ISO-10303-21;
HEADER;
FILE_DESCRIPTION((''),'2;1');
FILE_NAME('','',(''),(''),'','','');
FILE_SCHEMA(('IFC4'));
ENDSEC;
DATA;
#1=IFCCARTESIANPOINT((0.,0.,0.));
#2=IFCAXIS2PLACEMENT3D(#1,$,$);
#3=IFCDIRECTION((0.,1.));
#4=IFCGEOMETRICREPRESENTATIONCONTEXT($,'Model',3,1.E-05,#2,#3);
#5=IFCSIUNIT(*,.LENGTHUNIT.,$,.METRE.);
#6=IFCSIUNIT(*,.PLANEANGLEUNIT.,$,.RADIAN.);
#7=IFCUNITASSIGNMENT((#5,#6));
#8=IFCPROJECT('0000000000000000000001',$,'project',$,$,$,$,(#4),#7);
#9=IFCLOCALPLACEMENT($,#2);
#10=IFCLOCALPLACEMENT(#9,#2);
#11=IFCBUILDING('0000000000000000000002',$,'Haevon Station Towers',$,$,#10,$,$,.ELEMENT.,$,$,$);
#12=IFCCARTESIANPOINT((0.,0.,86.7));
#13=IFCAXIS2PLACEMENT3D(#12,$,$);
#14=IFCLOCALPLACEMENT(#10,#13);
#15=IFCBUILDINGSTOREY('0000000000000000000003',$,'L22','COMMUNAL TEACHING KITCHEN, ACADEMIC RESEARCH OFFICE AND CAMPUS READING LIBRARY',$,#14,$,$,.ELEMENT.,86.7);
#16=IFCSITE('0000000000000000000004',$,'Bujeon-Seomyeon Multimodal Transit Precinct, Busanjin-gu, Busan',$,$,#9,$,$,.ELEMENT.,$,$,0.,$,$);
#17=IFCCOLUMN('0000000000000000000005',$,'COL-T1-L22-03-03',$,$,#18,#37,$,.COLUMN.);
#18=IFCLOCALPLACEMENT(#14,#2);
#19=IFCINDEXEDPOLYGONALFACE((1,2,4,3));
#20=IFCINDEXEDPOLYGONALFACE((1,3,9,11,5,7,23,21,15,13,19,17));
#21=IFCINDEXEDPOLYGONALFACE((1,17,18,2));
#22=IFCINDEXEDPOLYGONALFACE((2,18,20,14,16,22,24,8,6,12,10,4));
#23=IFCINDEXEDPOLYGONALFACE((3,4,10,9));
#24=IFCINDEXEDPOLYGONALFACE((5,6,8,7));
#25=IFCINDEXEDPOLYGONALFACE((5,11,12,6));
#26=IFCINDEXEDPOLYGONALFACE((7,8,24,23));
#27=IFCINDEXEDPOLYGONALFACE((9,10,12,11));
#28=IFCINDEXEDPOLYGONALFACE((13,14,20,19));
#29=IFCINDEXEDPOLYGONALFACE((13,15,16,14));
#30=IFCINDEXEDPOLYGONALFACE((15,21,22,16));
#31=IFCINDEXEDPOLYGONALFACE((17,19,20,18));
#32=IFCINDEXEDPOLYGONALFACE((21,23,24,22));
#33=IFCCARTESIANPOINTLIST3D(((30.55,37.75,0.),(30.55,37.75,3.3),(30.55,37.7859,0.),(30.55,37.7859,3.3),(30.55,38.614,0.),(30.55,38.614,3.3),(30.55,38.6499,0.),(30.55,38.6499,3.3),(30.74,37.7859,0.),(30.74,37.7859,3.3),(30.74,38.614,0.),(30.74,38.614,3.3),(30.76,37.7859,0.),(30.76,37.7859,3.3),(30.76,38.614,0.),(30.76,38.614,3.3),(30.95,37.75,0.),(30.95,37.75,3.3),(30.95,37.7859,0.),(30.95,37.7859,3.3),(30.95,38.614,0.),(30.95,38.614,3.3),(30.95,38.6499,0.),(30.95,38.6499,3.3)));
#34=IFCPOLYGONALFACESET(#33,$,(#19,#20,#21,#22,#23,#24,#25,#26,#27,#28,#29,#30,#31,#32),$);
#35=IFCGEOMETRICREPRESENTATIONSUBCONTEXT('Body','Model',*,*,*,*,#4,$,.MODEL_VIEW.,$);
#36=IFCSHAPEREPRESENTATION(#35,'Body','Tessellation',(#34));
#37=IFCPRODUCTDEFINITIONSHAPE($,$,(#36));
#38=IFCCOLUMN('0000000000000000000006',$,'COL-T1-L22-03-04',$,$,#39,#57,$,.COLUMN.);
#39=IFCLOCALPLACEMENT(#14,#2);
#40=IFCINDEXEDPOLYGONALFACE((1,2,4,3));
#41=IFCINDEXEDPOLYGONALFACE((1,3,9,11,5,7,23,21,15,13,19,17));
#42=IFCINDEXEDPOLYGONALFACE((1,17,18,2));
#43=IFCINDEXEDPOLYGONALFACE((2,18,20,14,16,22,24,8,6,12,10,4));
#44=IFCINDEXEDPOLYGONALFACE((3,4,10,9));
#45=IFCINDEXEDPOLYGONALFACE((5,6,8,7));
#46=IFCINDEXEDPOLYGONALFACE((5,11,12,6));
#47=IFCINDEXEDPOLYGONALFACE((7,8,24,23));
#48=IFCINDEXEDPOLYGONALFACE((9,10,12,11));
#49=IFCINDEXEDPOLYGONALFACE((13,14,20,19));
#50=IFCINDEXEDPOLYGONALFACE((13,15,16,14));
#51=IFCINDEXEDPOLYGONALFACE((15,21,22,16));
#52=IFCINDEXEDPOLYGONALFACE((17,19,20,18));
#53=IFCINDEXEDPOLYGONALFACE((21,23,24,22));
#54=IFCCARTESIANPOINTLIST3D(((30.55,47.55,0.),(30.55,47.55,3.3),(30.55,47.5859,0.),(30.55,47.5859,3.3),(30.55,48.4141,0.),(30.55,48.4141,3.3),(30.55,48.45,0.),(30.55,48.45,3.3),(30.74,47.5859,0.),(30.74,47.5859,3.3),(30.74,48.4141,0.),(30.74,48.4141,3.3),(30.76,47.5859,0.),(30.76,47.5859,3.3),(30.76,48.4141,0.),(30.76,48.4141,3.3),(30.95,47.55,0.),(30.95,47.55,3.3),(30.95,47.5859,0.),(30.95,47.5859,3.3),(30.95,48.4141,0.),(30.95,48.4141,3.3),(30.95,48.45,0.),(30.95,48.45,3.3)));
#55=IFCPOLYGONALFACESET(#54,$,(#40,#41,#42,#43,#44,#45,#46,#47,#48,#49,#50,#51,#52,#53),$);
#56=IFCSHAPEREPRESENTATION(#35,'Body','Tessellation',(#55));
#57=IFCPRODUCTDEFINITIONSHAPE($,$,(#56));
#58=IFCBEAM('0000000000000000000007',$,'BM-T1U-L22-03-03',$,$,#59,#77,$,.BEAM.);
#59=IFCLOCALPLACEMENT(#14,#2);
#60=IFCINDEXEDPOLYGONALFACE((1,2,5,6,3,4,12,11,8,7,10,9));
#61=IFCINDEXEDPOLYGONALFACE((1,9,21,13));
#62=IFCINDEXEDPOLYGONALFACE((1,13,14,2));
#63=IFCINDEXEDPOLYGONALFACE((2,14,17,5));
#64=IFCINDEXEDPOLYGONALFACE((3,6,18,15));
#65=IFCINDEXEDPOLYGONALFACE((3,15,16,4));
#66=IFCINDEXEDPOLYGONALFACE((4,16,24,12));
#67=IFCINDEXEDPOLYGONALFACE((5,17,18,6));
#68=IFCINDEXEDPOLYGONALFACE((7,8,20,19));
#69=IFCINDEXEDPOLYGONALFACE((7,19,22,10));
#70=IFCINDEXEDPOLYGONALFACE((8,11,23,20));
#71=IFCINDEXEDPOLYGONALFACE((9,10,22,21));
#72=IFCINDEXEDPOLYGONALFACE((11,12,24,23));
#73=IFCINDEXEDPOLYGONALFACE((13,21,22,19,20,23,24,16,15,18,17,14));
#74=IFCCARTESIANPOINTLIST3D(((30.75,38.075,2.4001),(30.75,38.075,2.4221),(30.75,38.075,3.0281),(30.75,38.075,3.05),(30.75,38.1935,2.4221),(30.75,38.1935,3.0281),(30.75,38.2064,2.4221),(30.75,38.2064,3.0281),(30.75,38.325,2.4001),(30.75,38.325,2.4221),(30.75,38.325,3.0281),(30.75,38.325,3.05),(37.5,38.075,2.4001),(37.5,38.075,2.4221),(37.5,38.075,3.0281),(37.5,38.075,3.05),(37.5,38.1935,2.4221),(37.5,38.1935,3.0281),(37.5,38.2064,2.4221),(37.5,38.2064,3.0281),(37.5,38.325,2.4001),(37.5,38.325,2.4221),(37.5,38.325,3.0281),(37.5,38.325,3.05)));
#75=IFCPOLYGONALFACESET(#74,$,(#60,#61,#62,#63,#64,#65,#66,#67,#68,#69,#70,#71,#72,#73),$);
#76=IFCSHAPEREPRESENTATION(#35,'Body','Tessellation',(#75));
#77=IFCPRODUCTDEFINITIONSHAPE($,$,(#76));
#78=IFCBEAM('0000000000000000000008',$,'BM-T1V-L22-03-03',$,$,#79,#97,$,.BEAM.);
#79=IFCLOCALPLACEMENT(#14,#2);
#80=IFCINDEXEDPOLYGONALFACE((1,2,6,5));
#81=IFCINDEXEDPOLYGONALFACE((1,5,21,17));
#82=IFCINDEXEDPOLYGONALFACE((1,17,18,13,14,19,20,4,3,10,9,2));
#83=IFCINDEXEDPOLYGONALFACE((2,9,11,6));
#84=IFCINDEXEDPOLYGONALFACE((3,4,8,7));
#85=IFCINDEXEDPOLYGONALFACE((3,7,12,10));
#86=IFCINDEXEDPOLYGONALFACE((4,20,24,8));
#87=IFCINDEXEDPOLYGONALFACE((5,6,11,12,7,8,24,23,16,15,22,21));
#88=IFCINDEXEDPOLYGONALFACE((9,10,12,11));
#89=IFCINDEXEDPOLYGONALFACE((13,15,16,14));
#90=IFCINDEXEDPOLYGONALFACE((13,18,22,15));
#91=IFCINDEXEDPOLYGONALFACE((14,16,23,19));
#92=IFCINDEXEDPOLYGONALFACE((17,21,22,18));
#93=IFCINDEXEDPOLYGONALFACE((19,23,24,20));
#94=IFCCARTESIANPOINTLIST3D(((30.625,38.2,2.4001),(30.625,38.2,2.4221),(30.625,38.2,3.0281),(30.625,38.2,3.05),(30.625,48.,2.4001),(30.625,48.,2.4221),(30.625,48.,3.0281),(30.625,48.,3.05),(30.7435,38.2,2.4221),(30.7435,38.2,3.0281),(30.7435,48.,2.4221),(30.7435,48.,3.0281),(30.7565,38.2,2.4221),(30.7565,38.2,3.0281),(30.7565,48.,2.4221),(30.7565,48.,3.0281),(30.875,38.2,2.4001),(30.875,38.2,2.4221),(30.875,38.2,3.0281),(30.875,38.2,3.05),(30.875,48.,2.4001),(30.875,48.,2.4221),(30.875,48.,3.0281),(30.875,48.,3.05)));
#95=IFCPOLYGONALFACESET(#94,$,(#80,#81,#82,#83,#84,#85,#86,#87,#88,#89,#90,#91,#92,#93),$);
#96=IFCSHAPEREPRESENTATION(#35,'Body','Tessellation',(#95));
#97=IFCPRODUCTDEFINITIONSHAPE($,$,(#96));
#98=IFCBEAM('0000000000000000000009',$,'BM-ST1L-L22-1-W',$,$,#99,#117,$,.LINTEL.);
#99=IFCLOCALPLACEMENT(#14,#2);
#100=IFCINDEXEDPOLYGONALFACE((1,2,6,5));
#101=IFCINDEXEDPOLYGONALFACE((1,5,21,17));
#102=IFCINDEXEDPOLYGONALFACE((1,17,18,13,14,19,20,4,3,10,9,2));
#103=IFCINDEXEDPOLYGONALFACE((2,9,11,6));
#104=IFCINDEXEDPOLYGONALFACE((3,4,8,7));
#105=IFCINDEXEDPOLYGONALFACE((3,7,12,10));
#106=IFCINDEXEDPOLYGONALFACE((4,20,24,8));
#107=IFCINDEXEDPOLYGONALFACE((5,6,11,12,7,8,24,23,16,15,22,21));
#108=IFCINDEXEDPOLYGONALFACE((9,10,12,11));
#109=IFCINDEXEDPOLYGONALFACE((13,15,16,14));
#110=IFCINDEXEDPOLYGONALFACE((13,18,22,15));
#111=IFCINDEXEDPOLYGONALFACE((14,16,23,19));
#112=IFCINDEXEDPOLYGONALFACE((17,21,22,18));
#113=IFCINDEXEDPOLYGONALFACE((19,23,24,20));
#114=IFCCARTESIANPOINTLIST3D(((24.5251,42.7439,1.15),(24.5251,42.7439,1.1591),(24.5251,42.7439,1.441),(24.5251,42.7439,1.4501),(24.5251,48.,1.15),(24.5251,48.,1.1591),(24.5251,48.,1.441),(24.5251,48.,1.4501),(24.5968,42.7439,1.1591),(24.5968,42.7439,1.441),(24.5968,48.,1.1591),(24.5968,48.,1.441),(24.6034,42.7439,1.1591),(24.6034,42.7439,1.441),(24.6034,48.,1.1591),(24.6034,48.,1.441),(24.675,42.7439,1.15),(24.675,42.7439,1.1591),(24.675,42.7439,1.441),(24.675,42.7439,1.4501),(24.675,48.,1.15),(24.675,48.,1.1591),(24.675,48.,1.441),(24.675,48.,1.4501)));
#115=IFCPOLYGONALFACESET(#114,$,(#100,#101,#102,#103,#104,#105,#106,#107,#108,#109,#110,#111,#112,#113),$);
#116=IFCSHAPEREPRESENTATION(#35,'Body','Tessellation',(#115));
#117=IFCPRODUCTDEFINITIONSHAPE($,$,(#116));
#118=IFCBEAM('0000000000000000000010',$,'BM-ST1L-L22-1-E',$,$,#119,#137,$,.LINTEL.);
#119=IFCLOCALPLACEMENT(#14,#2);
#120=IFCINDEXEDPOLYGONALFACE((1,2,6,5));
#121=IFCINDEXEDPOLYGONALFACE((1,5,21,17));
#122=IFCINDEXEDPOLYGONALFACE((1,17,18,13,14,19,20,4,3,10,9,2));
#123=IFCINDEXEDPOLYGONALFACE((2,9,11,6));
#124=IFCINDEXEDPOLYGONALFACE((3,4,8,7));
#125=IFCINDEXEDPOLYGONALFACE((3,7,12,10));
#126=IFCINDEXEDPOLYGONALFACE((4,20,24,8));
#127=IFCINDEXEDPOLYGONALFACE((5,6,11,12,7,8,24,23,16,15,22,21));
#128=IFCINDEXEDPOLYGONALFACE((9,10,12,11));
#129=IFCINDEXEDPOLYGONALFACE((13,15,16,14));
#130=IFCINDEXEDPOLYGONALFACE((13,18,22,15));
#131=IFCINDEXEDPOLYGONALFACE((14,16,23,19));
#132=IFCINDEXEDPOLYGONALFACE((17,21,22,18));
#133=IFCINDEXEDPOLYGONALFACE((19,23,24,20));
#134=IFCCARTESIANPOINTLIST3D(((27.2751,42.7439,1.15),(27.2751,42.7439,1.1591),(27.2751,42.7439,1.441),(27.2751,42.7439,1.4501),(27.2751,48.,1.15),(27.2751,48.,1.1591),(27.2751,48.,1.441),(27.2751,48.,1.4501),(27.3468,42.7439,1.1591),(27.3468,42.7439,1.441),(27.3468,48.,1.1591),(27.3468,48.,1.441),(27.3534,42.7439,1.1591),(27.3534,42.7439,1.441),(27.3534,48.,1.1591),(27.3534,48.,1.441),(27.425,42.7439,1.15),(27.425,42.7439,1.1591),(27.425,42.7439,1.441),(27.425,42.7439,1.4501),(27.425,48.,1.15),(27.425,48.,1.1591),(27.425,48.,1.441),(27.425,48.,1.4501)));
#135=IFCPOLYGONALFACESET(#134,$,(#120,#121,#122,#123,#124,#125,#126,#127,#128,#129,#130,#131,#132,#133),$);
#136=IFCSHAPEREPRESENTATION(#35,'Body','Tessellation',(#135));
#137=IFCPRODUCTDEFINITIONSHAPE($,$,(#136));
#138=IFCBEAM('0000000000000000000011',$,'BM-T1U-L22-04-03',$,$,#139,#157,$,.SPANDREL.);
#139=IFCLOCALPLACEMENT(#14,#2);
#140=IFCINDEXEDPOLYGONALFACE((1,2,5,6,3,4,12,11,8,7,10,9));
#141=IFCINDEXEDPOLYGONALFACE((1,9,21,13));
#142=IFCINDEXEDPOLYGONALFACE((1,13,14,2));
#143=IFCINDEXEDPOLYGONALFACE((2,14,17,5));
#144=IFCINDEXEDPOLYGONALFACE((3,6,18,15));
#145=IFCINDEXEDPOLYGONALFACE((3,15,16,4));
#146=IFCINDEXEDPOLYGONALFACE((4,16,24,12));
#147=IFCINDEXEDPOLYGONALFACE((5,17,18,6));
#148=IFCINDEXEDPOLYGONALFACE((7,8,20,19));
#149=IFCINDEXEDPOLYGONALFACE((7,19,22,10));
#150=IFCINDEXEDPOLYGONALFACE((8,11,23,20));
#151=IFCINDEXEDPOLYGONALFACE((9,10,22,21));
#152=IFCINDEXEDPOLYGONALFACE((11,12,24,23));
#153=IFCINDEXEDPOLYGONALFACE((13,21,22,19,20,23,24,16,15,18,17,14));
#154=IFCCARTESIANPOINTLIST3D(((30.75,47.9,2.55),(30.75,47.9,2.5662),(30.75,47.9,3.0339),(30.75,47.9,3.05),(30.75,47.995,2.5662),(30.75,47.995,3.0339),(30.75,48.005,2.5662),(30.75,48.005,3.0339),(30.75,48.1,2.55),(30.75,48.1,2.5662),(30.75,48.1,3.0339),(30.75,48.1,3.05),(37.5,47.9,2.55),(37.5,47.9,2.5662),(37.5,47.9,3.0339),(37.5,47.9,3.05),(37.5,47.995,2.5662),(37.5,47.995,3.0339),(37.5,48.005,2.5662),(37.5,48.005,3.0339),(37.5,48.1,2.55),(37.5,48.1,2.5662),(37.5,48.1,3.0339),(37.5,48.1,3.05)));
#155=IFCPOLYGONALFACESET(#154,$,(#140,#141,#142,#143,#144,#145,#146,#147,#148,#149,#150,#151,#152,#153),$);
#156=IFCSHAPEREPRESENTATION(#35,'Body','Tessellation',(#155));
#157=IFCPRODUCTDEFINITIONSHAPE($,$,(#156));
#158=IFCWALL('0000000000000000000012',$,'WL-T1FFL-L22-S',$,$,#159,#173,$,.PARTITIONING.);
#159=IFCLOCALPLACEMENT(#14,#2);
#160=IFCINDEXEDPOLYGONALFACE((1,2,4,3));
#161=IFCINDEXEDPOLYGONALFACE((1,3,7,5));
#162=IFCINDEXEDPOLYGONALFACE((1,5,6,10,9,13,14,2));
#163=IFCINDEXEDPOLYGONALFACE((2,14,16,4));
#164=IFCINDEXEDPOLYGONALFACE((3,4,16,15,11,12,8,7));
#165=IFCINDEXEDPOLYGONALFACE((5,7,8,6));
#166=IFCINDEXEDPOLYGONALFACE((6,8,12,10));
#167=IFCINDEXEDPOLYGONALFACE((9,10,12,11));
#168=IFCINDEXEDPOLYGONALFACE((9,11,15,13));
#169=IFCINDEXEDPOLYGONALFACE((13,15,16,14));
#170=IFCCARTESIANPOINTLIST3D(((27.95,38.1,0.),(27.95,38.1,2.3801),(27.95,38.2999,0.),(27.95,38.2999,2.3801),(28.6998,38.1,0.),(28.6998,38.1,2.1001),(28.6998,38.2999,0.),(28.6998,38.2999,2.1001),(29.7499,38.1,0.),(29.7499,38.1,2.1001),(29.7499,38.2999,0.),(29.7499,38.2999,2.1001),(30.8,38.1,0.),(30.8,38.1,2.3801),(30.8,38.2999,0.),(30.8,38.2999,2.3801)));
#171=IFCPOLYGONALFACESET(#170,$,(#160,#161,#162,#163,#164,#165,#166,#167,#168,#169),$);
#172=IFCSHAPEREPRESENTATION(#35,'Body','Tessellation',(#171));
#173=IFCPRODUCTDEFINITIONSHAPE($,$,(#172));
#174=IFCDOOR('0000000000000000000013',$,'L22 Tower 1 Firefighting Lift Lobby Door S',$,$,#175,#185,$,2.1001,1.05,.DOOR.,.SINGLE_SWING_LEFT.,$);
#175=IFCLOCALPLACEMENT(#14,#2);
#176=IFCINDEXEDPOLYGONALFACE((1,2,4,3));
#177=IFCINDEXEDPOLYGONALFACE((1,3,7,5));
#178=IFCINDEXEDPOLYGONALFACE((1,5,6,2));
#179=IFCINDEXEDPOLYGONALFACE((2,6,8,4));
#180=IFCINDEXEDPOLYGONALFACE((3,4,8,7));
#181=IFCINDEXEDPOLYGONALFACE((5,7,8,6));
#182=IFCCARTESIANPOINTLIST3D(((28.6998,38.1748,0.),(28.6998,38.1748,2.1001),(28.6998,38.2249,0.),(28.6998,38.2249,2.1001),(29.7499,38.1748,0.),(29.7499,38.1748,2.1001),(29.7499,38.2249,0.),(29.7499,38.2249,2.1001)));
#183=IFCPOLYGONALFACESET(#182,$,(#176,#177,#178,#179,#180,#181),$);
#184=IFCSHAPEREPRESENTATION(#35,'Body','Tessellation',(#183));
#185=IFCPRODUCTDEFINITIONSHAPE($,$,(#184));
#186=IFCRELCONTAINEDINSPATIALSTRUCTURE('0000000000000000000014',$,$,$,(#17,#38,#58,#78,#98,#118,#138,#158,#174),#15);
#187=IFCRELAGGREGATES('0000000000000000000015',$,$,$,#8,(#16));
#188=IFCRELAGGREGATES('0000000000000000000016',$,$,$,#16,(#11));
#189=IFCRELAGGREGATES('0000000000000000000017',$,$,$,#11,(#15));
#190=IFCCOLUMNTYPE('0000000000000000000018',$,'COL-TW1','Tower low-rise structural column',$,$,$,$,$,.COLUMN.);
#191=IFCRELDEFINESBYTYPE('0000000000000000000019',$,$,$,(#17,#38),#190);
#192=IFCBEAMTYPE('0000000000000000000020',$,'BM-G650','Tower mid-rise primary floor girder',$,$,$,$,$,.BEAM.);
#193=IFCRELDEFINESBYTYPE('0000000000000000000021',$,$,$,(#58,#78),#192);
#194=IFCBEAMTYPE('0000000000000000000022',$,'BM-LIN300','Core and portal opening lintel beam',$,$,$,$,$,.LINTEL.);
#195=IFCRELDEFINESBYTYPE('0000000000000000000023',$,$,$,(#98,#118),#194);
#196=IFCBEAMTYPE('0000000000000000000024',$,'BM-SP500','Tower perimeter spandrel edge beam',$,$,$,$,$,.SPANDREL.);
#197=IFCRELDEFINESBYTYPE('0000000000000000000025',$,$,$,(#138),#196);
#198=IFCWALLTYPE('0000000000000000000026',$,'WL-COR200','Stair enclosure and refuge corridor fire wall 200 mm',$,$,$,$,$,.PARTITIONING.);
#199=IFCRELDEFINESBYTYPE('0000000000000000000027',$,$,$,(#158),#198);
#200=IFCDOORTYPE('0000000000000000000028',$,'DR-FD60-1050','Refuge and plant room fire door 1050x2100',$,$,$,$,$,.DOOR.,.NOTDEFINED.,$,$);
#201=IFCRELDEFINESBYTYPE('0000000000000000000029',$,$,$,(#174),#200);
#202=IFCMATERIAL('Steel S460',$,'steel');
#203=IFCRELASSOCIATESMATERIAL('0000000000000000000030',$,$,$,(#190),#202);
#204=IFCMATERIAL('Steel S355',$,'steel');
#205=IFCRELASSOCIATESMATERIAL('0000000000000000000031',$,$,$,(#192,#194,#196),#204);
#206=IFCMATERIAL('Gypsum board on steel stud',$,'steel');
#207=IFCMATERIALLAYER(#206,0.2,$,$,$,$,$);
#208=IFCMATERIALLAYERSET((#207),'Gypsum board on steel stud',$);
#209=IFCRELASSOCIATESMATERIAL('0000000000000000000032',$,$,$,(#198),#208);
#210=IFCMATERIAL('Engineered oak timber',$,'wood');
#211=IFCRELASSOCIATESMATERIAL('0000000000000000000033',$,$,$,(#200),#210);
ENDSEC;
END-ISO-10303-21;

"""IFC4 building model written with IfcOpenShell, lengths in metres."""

from ifc_helpers import new_model, si_unit, direction, frame, frame_2d, origin, origin_2d, place, context, subcontext, project, spatial, rectangle, i_section, extrude, material, layer, layer_set, material_profile, profile_set, type_object, element, fill, save


model = new_model("IFC4")

# Units and contexts
model_context = context("Model", 3, precision=1e-05, world=origin(), true_north=direction((0.0, 1.0)))
body_context = subcontext(model_context, "Body", "Model", "MODEL_VIEW")
ifc_project = project(units=[si_unit("LENGTHUNIT", "METRE"), si_unit("PLANEANGLEUNIT", "RADIAN")], contexts=[model_context])

# Site, building, storey
site_placement = place(None, origin())
site = spatial("IfcSite", under=ifc_project, at=site_placement, Name="Bujeon-Seomyeon Multimodal Transit Precinct, Busanjin-gu, Busan", CompositionType="ELEMENT", RefElevation=0.0)
building_placement = place(site_placement, origin())
building = spatial("IfcBuilding", under=site, at=building_placement, Name="Haevon Station Towers", CompositionType="ELEMENT")
storey_placement = place(building_placement, frame((0.0, 0.0, 86.7)))
storey = spatial("IfcBuildingStorey", under=building, at=storey_placement, Name="L22", Description="COMMUNAL TEACHING KITCHEN, ACADEMIC RESEARCH OFFICE AND CAMPUS READING LIBRARY", CompositionType="ELEMENT", Elevation=86.7)

# Columns
ifc_material_1 = material(Name="Steel S460", Category="steel")
ifc_material_profile_1 = material_profile(ifc_material_1, i_section(OverallWidth=0.3999, OverallDepth=0.8999, WebThickness=0.02, FlangeThickness=0.0359, at=origin_2d()), Name="H-900x400x20x36")
ifc_profile_set_1 = profile_set([ifc_material_profile_1], Name="Steel S460")
column_type = type_object("IfcColumnType", Name="COL-TW1", Description="Tower low-rise structural column", PredefinedType="COLUMN", material=ifc_profile_set_1)
for number, where, z_axis, x_axis, name in (
    (1, (30.75, 38.2, 0.0), (0.0, 0.0, 1.0), (1.0, 0.0, 0.0), "COL-T1-L22-03-03"),
    (2, (30.75, 48.0, 0.0), (0.0, 0.0, 1.0), (1.0, 0.0, 0.0), "COL-T1-L22-03-04"),
):
    element("IfcColumn", number, at=place(storey_placement, frame(where, z_axis=z_axis, x_axis=x_axis)), inside=storey, type_object=column_type, Name=name, PredefinedType="COLUMN", context=body_context, shape_type="SweptSolid", body=[
        extrude(i_section(OverallWidth=0.3999, OverallDepth=0.8999, WebThickness=0.02, FlangeThickness=0.0359, at=origin_2d()), origin(), (0.0, 0.0, 1.0), 3.3),
    ])

# Beams
ifc_material_2 = material(Name="Steel S355", Category="steel")
ifc_material_profile_2 = material_profile(ifc_material_2, i_section(OverallWidth=0.25, OverallDepth=0.6499, WebThickness=0.0129, FlangeThickness=0.022, at=origin_2d()), Name="H-650x250x13x22")
ifc_profile_set_2 = profile_set([ifc_material_profile_2], Name="Steel S355")
beam_type_1 = type_object("IfcBeamType", Name="BM-G650", Description="Tower mid-rise primary floor girder", PredefinedType="BEAM", material=ifc_profile_set_2)
beam_1_placement = place(storey_placement, frame((30.75, 38.2, 2.7251), z_axis=(1.0, 0.0, 0.0), x_axis=(0.0, 1.0, 0.0)))
element("IfcBeam", 3, at=beam_1_placement, inside=storey, type_object=beam_type_1, Name="BM-T1U-L22-03-03", PredefinedType="BEAM", context=body_context, shape_type="SweptSolid", body=[
    extrude(i_section(OverallWidth=0.25, OverallDepth=0.6499, WebThickness=0.0129, FlangeThickness=0.022, at=origin_2d()), origin(), (0.0, 0.0, 1.0), 6.75),
])
beam_2_placement = place(storey_placement, frame((30.75, 38.2, 2.7251), z_axis=(0.0, 1.0, 0.0), x_axis=(-1.0, 0.0, 0.0)))
element("IfcBeam", 4, at=beam_2_placement, inside=storey, type_object=beam_type_1, Name="BM-T1V-L22-03-03", PredefinedType="BEAM", context=body_context, shape_type="SweptSolid", body=[
    extrude(i_section(OverallWidth=0.25, OverallDepth=0.6499, WebThickness=0.0129, FlangeThickness=0.022, at=origin_2d()), origin(), (0.0, 0.0, 1.0), 9.8),
])
ifc_material_profile_3 = material_profile(ifc_material_2, i_section(OverallWidth=0.1499, OverallDepth=0.3, WebThickness=0.0066, FlangeThickness=0.009, at=origin_2d()), Name="H-300x150x6.5x9")
ifc_profile_set_3 = profile_set([ifc_material_profile_3], Name="Steel S355")
beam_type_2 = type_object("IfcBeamType", Name="BM-LIN300", Description="Core and portal opening lintel beam", PredefinedType="LINTEL", material=ifc_profile_set_3)
for number, where, z_axis, x_axis, name in (
    (5, (24.6001, 42.7439, 1.3), (0.0, 1.0, 0.0), (-1.0, 0.0, 0.0), "BM-ST1L-L22-1-W"),
    (6, (27.3501, 42.7439, 1.3), (0.0, 1.0, 0.0), (-1.0, 0.0, 0.0), "BM-ST1L-L22-1-E"),
):
    element("IfcBeam", number, at=place(storey_placement, frame(where, z_axis=z_axis, x_axis=x_axis)), inside=storey, type_object=beam_type_2, Name=name, PredefinedType="LINTEL", context=body_context, shape_type="SweptSolid", body=[
        extrude(i_section(OverallWidth=0.1499, OverallDepth=0.3, WebThickness=0.0066, FlangeThickness=0.009, at=origin_2d()), origin(), (0.0, 0.0, 1.0), 5.2561),
    ])
ifc_material_profile_4 = material_profile(ifc_material_2, i_section(OverallWidth=0.2, OverallDepth=0.5, WebThickness=0.01, FlangeThickness=0.0161, at=origin_2d()), Name="H-500x200x10x16")
ifc_profile_set_4 = profile_set([ifc_material_profile_4], Name="Steel S355")
beam_type_3 = type_object("IfcBeamType", Name="BM-SP500", Description="Tower perimeter spandrel edge beam", PredefinedType="SPANDREL", material=ifc_profile_set_4)
beam_3_placement = place(storey_placement, frame((30.75, 48.0, 2.8), z_axis=(1.0, 0.0, 0.0), x_axis=(0.0, 1.0, 0.0)))
element("IfcBeam", 7, at=beam_3_placement, inside=storey, type_object=beam_type_3, Name="BM-T1U-L22-04-03", PredefinedType="SPANDREL", context=body_context, shape_type="SweptSolid", body=[
    extrude(i_section(OverallWidth=0.2, OverallDepth=0.5, WebThickness=0.01, FlangeThickness=0.0161, at=origin_2d()), origin(), (0.0, 0.0, 1.0), 6.75),
])

# Wall, opening, door
ifc_material_3 = material(Name="Gypsum board on steel stud", Category="steel")
ifc_layer_1 = layer(ifc_material_3, 0.2)
ifc_layer_set_1 = layer_set([ifc_layer_1], Name="Gypsum board on steel stud")
wall_type_1 = type_object("IfcWallType", Name="WL-COR200", Description="Stair enclosure and refuge corridor fire wall 200 mm", PredefinedType="PARTITIONING", material=ifc_layer_set_1)
wall_1_placement = place(storey_placement, frame((27.95, 38.2, 0.0), z_axis=(0.0, 0.0, 1.0), x_axis=(1.0, 0.0, 0.0)))
wall_1 = element("IfcWall", 8, at=wall_1_placement, inside=storey, type_object=wall_type_1, Name="WL-T1FFL-L22-S", PredefinedType="PARTITIONING", context=body_context, shape_type="SweptSolid", body=[
    extrude(rectangle(XDim=2.8501, YDim=0.2, at=frame_2d((1.425, 0.0))), origin(), (0.0, 0.0, 1.0), 2.3801),
])
opening_1_placement = place(wall_1_placement, frame((0.75, 0.0, 0.0)))
opening_1 = element("IfcOpeningElement", 9, at=opening_1_placement, cuts=wall_1, PredefinedType="OPENING", context=body_context, shape_type="SweptSolid", body=[
    extrude(rectangle(XDim=1.05, YDim=2.1001, at=frame_2d((0.5249, 1.05))), frame((0.0, 0.1099, 0.0), z_axis=(0.0, -1.0, 0.0), x_axis=(1.0, 0.0, 0.0)), (0.0, 0.0, 1.0), 0.22),
])
ifc_material_4 = material(Name="Engineered oak timber", Category="wood")
door_type_1 = type_object("IfcDoorType", Name="DR-FD60-1050", Description="Refuge and plant room fire door 1050x2100", OperationType="NOTDEFINED", PredefinedType="DOOR", material=ifc_material_4)
door_1_placement = place(opening_1_placement, origin())
door_1 = element("IfcDoor", 10, at=door_1_placement, inside=storey, type_object=door_type_1, Name="L22 Tower 1 Firefighting Lift Lobby Door S", OperationType="SINGLE_SWING_LEFT", OverallHeight=2.1001, OverallWidth=1.05, PredefinedType="DOOR", context=body_context, shape_type="SweptSolid", body=[
    extrude(rectangle(XDim=1.05, YDim=2.1001, at=frame_2d((0.5249, 1.05))), frame((0.0, 0.0249, 0.0), z_axis=(0.0, -1.0, 0.0), x_axis=(1.0, 0.0, 0.0)), (0.0, 0.0, 1.0), 0.05),
])
fill(opening_1, door_1)

save(model, "model.ifc")
